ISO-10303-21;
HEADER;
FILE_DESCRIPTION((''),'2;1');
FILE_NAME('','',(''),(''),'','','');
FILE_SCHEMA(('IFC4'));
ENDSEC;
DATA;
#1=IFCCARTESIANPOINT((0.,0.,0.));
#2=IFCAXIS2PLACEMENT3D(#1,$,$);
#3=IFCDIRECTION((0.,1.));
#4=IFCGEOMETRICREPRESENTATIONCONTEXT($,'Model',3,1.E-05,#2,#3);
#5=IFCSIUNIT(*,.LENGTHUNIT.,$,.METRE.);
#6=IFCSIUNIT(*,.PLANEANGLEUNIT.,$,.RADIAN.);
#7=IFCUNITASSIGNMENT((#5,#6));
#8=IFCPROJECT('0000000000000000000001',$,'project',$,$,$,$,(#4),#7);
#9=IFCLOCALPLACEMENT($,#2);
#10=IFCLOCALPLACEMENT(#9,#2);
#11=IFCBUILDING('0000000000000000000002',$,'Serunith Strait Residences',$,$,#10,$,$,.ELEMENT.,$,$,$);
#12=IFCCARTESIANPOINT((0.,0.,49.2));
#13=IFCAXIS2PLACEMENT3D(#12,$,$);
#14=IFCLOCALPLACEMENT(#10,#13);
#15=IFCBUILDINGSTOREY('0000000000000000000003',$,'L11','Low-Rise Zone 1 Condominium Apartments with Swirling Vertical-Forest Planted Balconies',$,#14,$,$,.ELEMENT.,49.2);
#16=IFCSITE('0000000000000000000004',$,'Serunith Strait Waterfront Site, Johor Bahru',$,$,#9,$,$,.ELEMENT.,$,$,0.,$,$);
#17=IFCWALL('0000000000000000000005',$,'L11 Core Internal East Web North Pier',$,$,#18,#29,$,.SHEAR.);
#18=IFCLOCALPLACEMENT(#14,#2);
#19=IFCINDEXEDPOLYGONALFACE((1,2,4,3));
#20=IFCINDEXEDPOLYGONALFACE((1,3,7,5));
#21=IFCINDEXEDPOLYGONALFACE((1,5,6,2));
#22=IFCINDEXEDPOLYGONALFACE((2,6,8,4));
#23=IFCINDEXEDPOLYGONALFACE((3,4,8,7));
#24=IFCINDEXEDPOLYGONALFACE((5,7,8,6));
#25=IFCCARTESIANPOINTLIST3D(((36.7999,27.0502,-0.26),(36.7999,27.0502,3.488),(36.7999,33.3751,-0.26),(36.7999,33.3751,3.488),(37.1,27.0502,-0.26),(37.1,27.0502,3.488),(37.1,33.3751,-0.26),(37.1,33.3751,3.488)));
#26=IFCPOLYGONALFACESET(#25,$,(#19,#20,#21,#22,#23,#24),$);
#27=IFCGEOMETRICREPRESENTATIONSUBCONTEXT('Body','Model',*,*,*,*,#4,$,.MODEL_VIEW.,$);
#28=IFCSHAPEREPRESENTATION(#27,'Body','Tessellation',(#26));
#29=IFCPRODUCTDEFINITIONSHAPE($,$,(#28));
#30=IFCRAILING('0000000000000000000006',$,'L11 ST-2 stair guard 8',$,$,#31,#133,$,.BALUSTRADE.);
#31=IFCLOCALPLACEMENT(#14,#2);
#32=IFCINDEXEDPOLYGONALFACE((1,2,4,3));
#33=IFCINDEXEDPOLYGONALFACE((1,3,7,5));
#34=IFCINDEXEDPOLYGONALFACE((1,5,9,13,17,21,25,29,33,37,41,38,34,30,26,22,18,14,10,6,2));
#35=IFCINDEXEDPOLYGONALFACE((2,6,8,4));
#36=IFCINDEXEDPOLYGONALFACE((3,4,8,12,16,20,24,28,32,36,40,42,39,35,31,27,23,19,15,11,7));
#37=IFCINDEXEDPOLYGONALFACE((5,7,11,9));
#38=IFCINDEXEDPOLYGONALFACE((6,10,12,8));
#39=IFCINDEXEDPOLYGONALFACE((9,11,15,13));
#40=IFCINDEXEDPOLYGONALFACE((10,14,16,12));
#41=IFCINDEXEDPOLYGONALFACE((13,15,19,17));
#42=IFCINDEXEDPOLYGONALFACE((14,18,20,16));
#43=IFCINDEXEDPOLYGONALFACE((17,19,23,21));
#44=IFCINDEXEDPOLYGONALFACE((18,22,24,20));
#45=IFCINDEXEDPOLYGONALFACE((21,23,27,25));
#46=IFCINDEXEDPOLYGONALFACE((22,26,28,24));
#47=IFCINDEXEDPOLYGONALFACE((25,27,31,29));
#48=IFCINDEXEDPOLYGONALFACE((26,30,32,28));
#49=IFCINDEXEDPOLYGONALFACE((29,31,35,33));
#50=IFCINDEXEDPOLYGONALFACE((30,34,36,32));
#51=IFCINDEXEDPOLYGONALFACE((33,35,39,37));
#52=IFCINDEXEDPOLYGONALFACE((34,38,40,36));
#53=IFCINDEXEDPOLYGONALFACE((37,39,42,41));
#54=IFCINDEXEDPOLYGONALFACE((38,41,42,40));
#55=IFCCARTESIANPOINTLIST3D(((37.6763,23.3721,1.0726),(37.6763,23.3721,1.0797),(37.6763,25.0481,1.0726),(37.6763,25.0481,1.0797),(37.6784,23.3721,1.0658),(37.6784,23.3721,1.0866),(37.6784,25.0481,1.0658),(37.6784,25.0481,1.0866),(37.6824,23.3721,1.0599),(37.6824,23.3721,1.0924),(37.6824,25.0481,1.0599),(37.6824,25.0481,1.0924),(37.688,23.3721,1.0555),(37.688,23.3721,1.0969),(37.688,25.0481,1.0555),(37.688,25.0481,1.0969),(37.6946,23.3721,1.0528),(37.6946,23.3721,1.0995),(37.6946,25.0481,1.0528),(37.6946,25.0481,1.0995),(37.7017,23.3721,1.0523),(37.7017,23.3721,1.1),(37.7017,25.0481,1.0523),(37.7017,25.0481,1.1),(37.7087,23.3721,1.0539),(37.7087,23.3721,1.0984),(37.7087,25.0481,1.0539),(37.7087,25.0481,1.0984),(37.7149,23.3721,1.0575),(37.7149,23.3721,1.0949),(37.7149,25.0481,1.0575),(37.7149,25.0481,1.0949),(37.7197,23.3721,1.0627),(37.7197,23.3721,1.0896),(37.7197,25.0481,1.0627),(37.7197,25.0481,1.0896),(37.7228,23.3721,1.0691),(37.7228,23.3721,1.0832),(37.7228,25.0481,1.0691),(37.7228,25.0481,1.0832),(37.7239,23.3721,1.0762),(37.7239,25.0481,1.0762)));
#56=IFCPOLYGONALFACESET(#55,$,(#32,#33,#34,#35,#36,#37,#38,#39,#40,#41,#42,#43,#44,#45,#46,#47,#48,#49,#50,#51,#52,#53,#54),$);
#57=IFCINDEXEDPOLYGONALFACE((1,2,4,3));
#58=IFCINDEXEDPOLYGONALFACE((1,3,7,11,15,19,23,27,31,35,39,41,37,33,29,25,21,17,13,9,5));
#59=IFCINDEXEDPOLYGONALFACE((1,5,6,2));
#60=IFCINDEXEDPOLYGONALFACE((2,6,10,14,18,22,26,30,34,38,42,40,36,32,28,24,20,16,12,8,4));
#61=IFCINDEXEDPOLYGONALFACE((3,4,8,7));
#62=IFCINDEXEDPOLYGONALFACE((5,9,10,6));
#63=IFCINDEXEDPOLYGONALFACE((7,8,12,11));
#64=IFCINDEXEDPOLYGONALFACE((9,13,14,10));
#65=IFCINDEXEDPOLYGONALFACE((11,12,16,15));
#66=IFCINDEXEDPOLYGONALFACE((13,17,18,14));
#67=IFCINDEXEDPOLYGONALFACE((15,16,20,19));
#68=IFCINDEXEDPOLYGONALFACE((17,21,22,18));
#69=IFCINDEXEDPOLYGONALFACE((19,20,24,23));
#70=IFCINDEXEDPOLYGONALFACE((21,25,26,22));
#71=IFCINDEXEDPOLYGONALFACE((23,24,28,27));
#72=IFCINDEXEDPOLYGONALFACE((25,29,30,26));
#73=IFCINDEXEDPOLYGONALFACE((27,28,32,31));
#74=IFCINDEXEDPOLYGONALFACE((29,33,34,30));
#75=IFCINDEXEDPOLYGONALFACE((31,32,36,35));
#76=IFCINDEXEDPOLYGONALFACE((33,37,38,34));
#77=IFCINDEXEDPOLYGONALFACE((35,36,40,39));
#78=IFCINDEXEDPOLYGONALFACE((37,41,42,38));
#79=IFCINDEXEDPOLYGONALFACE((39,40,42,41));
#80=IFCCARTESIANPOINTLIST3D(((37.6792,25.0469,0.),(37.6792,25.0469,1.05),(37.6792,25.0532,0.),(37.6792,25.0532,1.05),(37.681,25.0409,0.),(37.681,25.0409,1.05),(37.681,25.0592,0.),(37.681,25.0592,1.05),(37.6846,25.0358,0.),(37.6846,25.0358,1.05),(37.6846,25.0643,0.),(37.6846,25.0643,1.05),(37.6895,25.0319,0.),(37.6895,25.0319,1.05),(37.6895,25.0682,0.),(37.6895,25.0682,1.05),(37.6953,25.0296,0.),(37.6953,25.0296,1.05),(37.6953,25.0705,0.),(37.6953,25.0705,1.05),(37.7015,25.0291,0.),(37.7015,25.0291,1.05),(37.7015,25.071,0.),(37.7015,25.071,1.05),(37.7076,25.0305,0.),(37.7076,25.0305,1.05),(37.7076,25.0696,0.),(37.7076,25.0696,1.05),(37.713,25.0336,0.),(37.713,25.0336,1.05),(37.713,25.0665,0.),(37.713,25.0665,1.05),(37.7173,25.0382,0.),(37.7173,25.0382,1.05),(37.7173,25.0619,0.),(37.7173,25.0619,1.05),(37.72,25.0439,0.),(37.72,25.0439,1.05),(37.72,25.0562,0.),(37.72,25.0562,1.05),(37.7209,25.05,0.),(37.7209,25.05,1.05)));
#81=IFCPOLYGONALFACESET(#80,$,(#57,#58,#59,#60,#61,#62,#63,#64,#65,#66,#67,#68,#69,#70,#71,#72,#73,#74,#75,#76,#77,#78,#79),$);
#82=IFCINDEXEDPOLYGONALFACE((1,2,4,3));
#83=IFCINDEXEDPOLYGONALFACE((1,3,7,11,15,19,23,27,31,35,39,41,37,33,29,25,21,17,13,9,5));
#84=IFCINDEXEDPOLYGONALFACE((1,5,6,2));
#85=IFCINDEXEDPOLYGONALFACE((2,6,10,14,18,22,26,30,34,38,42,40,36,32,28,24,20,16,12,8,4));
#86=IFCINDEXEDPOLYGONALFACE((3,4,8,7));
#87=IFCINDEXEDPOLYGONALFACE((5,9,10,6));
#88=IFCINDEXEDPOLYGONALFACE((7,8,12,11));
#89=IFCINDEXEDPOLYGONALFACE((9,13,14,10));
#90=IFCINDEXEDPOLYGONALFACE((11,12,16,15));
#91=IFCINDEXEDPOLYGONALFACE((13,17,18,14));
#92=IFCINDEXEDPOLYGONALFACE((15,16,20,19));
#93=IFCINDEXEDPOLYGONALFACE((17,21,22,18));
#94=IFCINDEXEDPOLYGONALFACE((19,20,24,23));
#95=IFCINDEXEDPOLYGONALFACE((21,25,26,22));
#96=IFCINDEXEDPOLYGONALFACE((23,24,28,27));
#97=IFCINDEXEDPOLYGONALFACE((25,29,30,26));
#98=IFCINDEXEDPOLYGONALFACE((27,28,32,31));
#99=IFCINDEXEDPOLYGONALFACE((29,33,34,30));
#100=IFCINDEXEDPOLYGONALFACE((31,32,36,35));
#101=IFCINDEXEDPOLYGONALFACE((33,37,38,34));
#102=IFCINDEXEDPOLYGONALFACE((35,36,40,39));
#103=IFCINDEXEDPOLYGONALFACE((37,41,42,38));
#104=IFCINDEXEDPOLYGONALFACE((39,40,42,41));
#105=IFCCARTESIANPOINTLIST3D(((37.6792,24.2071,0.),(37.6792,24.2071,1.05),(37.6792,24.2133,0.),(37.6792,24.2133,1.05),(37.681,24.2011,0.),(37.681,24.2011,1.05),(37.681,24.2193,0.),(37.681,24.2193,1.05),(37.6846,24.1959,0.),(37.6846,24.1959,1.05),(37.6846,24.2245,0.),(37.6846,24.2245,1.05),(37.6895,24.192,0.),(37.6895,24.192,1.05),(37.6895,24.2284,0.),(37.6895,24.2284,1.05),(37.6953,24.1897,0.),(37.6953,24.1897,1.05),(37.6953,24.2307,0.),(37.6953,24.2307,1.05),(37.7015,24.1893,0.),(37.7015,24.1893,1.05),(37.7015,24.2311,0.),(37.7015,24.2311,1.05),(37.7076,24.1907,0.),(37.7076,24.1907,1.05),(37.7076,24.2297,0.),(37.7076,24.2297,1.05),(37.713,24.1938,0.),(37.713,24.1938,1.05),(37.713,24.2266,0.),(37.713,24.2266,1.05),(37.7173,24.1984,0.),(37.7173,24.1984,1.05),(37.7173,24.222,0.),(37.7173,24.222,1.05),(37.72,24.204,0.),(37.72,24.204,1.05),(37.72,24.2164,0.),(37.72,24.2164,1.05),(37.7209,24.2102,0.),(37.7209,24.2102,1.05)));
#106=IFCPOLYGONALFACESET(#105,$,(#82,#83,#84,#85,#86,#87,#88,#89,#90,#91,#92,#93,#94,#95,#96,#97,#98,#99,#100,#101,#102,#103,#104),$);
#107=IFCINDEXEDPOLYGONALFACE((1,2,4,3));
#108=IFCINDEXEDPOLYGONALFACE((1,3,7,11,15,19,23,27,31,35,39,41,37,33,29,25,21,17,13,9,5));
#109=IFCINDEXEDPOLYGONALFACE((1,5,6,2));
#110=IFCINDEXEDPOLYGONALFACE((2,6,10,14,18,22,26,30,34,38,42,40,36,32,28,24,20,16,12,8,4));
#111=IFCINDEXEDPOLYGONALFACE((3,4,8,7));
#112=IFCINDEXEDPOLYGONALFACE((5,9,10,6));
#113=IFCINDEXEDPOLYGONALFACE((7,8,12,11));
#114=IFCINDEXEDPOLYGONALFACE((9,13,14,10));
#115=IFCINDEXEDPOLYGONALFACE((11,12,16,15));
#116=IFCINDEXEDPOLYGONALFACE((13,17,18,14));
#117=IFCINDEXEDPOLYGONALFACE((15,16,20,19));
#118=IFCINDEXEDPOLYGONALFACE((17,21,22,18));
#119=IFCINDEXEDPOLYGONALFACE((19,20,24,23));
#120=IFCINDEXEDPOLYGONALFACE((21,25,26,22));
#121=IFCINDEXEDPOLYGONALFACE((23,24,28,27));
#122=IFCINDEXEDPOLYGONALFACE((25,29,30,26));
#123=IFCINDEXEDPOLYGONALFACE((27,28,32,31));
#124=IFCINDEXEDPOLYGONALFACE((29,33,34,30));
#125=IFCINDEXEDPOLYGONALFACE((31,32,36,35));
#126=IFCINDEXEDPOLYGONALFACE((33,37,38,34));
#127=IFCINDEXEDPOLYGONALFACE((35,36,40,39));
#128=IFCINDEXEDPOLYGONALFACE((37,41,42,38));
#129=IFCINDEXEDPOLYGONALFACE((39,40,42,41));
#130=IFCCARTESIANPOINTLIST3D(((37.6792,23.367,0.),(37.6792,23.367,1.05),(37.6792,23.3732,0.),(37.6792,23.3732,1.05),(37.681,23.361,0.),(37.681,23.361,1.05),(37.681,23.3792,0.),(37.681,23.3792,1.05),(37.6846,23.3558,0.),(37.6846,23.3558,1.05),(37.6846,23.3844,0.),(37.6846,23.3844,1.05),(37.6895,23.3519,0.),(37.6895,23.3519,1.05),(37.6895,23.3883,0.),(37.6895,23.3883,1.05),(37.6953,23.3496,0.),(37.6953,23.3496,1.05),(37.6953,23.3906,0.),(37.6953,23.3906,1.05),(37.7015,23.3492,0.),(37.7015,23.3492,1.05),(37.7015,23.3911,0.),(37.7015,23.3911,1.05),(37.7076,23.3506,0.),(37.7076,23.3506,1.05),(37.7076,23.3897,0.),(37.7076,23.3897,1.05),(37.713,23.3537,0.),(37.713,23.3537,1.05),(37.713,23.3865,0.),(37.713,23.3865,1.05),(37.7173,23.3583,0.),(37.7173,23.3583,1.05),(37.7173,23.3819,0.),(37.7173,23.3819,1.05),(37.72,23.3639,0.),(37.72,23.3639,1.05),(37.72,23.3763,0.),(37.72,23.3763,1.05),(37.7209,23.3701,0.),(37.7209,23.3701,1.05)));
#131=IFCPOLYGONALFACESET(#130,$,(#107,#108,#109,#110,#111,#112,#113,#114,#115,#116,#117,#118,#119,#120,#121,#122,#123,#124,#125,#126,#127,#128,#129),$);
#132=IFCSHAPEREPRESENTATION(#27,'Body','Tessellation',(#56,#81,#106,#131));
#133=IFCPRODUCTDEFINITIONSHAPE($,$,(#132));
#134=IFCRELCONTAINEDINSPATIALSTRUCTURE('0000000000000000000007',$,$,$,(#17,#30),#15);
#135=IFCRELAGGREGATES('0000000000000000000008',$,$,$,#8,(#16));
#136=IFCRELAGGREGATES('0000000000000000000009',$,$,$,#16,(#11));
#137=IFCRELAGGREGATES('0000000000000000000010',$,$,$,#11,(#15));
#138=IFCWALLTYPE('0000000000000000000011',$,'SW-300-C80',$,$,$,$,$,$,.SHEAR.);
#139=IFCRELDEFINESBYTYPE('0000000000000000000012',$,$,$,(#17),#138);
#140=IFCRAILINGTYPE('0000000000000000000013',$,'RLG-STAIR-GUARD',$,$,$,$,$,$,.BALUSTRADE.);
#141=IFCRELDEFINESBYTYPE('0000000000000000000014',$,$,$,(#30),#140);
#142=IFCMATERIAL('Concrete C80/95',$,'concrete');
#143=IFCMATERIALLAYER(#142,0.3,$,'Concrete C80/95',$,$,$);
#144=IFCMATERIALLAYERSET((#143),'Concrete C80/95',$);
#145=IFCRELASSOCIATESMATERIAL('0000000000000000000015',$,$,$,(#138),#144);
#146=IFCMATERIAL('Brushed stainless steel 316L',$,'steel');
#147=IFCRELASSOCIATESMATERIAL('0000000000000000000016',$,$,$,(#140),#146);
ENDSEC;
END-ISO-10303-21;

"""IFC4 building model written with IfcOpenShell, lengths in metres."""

from ifc_helpers import new_model, si_unit, direction, frame, frame_2d, origin, origin_2d, place, context, subcontext, project, spatial, rectangle, circle, extrude, material, layer, layer_set, type_object, element, save


model = new_model("IFC4")

# Units and contexts
model_context = context("Model", 3, precision=1e-05, world=origin(), true_north=direction((0.0, 1.0)))
body_context = subcontext(model_context, "Body", "Model", "MODEL_VIEW")
ifc_project = project(units=[si_unit("LENGTHUNIT", "METRE"), si_unit("PLANEANGLEUNIT", "RADIAN")], contexts=[model_context])

# Site, building, storey
site_placement = place(None, origin())
site = spatial("IfcSite", under=ifc_project, at=site_placement, Name="Serunith Strait Waterfront Site, Johor Bahru", CompositionType="ELEMENT", RefElevation=0.0)
building_placement = place(site_placement, origin())
building = spatial("IfcBuilding", under=site, at=building_placement, Name="Serunith Strait Residences", CompositionType="ELEMENT")
storey_placement = place(building_placement, frame((0.0, 0.0, 49.2)))
storey = spatial("IfcBuildingStorey", under=building, at=storey_placement, Name="L11", Description="Low-Rise Zone 1 Condominium Apartments with Swirling Vertical-Forest Planted Balconies", CompositionType="ELEMENT", Elevation=49.2)

# Wall
ifc_material_1 = material(Name="Concrete C80/95", Category="concrete")
ifc_layer_1 = layer(ifc_material_1, 0.3, Name="Concrete C80/95")
ifc_layer_set_1 = layer_set([ifc_layer_1], Name="Concrete C80/95")
wall_type_1 = type_object("IfcWallType", Name="SW-300-C80", PredefinedType="SHEAR", material=ifc_layer_set_1)
wall_1_placement = place(storey_placement, frame((36.95, 27.05, -0.26), z_axis=(0.0, 0.0, 1.0), x_axis=(0.0, 1.0, 0.0)))
element("IfcWall", 1, at=wall_1_placement, inside=storey, type_object=wall_type_1, Name="L11 Core Internal East Web North Pier", PredefinedType="SHEAR", context=body_context, shape_type="SweptSolid", body=[
    extrude(rectangle(XDim=6.325, YDim=0.3, at=frame_2d((3.1626, 0.0))), origin(), (0.0, 0.0, 1.0), 3.748),
])

# Railing
ifc_material_2 = material(Name="Brushed stainless steel 316L", Category="steel")
railing_type = type_object("IfcRailingType", Name="RLG-STAIR-GUARD", PredefinedType="BALUSTRADE", material=ifc_material_2)
railing_placement = place(storey_placement, frame((37.7, 25.05, 0.0)))
element("IfcRailing", 2, at=railing_placement, inside=storey, type_object=railing_type, Name="L11 ST-2 stair guard 8", PredefinedType="BALUSTRADE", context=body_context, shape_type="SweptSolid", body=[
    extrude(circle(Radius=0.0239, at=origin_2d()), frame((0.0, -0.002, 1.0762), z_axis=(0.0, -1.0, 0.0), x_axis=(1.0, 0.0, 0.0)), (0.0, 0.0, 1.0), 1.676),
    extrude(circle(Radius=0.021, at=origin_2d()), origin(), (0.0, 0.0, 1.0), 1.05),
    extrude(circle(Radius=0.021, at=origin_2d()), frame((0.0, -0.8398, 0.0)), (0.0, 0.0, 1.0), 1.05),
    extrude(circle(Radius=0.021, at=origin_2d()), frame((0.0, -1.6799, 0.0)), (0.0, 0.0, 1.0), 1.05),
])

save(model, "model.ifc")
